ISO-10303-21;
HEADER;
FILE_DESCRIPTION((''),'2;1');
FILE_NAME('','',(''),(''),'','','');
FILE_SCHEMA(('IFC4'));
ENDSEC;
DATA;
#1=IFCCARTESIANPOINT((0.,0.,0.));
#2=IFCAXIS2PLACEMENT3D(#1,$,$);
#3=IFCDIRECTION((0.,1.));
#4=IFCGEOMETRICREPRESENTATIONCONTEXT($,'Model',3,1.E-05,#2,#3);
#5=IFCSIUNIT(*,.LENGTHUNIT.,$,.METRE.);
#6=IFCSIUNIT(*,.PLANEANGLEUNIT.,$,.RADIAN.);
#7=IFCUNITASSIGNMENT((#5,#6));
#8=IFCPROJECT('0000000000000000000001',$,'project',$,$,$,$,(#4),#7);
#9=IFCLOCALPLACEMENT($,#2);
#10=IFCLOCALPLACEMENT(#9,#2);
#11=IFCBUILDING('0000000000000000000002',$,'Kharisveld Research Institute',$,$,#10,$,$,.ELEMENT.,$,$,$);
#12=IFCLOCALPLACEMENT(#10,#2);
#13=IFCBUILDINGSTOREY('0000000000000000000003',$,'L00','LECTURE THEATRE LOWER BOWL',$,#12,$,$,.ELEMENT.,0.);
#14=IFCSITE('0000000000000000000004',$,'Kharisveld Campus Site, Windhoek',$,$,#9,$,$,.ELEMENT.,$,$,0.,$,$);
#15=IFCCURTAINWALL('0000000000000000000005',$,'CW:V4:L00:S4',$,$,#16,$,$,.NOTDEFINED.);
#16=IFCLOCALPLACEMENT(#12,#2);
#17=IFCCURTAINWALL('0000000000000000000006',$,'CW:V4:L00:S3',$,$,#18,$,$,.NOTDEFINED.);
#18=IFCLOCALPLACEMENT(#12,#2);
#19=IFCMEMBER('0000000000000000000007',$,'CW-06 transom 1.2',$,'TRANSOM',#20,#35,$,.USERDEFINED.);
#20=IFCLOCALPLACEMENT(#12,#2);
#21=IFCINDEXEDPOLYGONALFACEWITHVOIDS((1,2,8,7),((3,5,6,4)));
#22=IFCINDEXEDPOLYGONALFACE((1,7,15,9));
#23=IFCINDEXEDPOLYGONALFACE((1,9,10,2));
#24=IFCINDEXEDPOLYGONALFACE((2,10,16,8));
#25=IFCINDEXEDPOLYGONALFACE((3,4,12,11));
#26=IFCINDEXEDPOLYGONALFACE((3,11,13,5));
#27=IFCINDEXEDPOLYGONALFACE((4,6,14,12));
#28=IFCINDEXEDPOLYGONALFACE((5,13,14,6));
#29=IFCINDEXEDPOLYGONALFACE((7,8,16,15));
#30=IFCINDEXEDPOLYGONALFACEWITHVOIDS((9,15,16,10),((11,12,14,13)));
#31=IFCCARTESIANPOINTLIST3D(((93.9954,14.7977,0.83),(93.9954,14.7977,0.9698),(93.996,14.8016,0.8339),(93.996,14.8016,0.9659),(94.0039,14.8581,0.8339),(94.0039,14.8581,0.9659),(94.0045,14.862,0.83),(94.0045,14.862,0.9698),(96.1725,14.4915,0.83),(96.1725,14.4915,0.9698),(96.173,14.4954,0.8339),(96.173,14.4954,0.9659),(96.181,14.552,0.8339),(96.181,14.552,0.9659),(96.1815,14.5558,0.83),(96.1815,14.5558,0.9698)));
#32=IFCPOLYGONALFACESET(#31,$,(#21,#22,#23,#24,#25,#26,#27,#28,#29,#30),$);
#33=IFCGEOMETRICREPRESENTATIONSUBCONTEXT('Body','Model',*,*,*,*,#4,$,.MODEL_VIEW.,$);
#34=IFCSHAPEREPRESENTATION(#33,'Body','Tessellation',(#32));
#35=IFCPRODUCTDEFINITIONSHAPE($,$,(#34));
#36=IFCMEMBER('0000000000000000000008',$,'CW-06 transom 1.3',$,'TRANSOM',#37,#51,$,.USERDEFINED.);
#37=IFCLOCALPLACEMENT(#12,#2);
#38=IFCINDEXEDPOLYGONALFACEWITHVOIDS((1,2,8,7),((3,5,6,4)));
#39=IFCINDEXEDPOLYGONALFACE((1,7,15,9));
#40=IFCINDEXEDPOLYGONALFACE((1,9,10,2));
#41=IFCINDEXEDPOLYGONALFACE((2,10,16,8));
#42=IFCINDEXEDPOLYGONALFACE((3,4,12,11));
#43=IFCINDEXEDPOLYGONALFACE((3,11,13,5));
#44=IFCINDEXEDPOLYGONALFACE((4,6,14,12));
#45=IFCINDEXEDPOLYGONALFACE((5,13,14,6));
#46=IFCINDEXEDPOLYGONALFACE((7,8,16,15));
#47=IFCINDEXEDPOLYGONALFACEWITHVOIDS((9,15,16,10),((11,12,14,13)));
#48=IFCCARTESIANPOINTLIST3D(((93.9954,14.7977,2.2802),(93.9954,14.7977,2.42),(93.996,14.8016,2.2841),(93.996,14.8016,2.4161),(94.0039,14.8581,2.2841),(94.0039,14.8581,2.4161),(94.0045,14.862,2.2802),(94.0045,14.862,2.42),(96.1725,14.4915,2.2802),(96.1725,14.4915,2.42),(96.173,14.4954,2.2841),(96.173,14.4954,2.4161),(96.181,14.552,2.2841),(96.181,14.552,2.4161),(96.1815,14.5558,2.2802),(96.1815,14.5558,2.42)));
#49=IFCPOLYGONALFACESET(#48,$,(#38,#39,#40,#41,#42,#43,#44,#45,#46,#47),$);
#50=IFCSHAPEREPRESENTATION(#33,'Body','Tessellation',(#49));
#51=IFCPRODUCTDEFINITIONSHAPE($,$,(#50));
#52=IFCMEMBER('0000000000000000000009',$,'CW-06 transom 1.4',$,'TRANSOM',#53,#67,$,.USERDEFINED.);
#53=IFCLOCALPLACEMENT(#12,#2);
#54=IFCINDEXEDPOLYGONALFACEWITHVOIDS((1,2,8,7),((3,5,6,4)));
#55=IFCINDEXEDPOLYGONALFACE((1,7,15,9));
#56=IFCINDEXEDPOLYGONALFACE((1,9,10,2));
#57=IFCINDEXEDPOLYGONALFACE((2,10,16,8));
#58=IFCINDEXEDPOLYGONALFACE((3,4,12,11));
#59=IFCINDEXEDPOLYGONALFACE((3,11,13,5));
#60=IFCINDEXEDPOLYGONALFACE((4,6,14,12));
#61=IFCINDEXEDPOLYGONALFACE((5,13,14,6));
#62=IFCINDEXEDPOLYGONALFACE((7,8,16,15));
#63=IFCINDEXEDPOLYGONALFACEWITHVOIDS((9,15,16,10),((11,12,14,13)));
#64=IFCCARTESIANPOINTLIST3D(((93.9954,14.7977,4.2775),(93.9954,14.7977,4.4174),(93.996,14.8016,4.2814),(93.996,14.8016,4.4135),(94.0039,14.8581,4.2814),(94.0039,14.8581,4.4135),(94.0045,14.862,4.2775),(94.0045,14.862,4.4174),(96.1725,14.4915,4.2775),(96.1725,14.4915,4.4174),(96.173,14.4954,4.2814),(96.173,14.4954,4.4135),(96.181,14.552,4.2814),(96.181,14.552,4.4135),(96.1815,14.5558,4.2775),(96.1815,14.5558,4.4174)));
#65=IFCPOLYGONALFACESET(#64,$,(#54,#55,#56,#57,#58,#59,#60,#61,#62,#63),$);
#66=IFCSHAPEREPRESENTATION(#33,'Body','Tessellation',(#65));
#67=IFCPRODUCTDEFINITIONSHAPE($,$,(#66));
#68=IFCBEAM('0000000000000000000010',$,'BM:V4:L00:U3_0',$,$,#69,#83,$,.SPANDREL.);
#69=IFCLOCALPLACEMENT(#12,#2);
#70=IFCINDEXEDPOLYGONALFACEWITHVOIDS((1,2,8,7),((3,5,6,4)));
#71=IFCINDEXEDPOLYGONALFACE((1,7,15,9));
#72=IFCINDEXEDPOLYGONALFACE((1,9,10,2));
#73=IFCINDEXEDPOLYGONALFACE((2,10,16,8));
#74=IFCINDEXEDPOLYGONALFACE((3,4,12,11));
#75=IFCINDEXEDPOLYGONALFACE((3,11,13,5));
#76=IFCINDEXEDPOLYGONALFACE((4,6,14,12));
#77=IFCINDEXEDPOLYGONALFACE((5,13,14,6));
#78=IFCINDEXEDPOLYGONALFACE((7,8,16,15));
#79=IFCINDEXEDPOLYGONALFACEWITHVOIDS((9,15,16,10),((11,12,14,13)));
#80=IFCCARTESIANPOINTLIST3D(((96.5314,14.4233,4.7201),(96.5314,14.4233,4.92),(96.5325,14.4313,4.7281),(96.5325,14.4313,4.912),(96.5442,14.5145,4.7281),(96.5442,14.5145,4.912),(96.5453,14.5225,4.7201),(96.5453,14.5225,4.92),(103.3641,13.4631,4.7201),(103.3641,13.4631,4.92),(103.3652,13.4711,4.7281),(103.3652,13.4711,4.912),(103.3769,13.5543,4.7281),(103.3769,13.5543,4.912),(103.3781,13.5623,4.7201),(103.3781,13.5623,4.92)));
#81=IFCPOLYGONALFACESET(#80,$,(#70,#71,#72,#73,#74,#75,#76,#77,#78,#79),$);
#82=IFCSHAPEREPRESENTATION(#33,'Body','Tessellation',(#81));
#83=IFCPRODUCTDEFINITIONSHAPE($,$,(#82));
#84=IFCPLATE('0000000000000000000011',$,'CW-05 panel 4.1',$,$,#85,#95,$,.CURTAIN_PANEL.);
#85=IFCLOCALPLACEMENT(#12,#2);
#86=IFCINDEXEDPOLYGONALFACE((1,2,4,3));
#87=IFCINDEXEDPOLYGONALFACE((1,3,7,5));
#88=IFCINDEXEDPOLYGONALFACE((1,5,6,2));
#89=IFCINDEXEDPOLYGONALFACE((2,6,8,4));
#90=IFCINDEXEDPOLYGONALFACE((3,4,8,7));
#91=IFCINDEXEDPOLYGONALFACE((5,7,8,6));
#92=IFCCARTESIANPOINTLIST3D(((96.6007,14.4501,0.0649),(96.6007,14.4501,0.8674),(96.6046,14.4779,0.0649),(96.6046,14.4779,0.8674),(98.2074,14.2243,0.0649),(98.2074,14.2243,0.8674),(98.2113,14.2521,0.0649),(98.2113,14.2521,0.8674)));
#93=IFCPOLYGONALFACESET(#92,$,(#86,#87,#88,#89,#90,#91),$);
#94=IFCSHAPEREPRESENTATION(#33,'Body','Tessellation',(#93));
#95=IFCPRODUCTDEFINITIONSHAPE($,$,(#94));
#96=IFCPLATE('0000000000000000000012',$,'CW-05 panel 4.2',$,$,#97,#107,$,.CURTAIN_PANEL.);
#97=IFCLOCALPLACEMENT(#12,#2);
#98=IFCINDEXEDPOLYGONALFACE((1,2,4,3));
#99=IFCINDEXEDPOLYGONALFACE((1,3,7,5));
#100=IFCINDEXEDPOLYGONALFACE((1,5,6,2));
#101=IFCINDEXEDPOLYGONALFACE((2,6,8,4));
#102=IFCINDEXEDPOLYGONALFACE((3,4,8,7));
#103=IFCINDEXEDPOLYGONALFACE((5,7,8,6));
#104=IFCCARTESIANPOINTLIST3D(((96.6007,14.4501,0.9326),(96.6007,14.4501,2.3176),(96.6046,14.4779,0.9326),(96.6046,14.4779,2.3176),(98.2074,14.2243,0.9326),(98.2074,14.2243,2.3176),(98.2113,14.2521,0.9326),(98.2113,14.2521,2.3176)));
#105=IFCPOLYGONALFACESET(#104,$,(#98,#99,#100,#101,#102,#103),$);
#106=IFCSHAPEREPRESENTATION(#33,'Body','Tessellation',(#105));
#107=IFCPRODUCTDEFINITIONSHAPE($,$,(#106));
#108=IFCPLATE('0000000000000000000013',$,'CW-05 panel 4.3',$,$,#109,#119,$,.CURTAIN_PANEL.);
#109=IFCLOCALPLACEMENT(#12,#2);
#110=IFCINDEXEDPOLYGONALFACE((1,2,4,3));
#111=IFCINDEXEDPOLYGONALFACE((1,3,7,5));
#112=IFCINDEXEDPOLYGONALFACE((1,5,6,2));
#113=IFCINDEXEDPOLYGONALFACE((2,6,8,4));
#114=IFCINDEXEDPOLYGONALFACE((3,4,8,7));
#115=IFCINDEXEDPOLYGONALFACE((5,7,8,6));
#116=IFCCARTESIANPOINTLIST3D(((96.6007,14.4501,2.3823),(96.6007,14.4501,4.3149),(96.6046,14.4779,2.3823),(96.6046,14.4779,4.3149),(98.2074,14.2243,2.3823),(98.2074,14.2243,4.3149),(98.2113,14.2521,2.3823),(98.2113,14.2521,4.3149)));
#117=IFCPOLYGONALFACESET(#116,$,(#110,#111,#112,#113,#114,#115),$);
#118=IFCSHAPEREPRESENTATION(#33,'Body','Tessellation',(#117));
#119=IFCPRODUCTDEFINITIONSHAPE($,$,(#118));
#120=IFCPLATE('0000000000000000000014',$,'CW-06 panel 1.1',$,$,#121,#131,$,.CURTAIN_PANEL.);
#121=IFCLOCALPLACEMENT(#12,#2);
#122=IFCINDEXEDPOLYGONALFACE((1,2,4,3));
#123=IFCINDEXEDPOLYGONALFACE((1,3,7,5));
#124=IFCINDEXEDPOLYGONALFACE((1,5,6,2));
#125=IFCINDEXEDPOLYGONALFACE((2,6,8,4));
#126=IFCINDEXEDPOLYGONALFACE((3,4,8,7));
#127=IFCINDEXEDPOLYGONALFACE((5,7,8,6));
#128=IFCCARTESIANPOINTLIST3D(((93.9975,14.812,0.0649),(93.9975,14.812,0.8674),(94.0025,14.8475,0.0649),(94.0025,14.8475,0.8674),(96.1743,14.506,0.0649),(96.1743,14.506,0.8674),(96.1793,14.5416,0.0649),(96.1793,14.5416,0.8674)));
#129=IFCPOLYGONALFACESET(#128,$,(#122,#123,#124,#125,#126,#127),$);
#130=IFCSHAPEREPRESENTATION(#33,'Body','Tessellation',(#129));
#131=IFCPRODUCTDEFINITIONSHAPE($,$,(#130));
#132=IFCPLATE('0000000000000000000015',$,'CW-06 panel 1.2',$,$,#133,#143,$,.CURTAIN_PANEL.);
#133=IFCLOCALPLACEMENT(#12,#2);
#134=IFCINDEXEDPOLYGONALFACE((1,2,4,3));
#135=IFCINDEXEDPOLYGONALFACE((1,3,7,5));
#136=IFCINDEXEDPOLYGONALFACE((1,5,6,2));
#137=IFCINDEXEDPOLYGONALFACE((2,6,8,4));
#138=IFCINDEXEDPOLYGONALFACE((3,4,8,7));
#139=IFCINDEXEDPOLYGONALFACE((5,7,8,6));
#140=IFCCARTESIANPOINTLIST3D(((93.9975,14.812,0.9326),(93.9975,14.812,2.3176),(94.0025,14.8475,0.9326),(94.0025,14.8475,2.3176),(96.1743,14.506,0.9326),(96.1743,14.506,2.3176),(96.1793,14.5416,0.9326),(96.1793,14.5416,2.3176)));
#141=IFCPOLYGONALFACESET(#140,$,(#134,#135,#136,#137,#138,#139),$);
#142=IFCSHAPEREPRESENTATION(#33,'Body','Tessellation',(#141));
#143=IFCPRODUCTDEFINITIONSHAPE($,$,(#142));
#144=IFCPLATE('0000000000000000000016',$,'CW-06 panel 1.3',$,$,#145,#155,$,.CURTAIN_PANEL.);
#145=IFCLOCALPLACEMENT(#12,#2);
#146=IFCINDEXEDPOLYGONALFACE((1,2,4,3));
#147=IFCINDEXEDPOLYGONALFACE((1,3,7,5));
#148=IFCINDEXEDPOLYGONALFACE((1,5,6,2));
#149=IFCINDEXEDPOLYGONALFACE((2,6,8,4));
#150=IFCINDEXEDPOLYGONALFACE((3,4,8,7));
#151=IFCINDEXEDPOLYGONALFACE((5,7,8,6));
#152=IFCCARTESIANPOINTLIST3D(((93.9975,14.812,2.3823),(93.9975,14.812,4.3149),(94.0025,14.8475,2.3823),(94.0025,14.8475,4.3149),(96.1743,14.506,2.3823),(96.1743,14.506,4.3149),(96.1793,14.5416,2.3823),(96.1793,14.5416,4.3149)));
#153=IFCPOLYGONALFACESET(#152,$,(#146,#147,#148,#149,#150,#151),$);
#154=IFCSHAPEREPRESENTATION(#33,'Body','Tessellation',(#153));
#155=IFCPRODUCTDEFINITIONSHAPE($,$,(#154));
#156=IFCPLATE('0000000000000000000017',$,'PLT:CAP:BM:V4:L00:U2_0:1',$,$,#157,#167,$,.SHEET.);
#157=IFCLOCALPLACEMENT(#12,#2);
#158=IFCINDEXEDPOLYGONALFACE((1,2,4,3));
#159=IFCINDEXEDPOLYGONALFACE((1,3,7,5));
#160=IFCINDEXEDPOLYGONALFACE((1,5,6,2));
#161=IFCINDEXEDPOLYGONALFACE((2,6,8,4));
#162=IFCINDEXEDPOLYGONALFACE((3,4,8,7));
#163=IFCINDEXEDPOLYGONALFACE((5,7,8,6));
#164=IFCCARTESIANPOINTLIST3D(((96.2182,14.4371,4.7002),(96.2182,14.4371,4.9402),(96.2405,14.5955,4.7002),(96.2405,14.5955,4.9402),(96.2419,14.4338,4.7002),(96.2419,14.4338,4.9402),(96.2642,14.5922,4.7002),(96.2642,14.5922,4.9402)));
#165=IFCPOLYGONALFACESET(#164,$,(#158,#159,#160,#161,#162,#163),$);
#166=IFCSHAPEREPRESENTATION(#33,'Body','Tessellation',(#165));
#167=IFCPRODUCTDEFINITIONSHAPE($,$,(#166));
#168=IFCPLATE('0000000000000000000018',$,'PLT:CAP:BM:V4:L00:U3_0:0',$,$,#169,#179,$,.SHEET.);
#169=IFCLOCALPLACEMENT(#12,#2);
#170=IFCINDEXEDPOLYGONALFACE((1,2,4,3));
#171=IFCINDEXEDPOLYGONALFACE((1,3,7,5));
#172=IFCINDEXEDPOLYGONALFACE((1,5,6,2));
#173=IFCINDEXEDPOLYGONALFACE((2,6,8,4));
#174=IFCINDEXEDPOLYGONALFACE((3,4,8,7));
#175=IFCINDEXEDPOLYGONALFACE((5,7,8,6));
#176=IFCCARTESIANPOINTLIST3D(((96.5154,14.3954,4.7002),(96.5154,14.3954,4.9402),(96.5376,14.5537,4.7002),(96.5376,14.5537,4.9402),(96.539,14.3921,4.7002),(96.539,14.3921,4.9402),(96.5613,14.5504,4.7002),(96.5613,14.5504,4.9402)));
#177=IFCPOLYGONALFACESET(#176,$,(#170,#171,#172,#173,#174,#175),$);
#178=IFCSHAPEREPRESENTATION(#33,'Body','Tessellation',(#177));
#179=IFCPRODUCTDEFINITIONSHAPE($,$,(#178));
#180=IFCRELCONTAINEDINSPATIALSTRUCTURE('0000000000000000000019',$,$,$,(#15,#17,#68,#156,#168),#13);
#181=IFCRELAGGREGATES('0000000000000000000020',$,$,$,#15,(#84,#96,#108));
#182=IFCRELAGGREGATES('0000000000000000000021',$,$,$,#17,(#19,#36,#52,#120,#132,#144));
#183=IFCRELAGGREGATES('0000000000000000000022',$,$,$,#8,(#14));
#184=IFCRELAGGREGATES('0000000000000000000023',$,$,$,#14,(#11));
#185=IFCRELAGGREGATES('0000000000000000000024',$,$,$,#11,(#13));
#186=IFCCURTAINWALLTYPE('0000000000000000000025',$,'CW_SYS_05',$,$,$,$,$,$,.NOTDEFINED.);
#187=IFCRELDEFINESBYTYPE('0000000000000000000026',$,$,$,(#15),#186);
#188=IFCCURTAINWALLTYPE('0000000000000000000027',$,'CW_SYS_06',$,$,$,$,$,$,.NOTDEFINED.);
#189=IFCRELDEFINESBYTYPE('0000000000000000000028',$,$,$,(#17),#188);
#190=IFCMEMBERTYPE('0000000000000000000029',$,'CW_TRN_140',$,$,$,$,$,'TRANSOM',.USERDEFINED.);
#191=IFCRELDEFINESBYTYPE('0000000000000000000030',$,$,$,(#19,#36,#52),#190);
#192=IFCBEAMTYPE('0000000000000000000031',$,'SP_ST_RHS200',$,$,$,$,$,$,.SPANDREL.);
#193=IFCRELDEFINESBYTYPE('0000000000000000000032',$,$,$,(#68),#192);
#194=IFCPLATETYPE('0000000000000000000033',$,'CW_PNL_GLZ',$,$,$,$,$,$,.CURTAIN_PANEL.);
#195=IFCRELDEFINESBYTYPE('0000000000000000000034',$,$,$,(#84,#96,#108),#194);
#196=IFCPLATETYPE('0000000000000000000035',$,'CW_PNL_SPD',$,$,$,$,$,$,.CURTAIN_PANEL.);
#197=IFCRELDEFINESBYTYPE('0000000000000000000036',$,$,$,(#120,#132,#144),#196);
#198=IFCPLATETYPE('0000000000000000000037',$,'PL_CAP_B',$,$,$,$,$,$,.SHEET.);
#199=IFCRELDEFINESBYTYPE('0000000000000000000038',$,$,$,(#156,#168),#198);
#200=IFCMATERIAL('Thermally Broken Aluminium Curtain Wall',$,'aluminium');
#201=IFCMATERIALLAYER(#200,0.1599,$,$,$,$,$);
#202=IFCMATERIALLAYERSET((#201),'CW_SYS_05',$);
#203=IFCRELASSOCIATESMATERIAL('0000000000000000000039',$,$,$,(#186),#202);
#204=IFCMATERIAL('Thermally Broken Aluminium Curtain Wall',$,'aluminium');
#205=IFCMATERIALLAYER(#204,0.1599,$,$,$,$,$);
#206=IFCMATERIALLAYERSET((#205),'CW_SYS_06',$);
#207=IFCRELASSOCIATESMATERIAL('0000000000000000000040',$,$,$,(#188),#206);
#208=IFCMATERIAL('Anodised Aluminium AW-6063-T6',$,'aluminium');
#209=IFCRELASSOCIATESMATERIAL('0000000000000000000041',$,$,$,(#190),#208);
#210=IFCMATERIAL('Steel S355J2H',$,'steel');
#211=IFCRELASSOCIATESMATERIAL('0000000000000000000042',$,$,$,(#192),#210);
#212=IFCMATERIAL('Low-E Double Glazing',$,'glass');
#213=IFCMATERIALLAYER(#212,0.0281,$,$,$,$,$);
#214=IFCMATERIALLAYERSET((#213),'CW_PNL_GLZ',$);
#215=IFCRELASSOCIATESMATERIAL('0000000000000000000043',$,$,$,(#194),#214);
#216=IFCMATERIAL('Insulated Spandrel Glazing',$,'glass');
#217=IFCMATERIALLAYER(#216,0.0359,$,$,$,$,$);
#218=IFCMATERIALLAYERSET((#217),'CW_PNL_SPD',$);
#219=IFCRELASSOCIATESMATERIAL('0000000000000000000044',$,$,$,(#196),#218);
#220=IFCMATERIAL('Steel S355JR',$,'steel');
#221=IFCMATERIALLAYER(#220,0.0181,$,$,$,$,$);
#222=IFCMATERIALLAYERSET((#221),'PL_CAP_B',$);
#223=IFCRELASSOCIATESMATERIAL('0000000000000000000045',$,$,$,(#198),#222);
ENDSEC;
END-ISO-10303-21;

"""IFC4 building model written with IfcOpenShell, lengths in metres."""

from ifc_helpers import new_model, si_unit, direction, frame, origin, origin_2d, place, context, subcontext, project, spatial, rectangle, hollow_rectangle, extrude, material, layer, layer_set, material_profile, profile_set, type_object, element, aggregate, save


model = new_model("IFC4")

# Units and contexts
model_context = context("Model", 3, precision=1e-05, world=origin(), true_north=direction((0.0, 1.0)))
body_context = subcontext(model_context, "Body", "Model", "MODEL_VIEW")
ifc_project = project(units=[si_unit("LENGTHUNIT", "METRE"), si_unit("PLANEANGLEUNIT", "RADIAN")], contexts=[model_context])

# Site, building, storey
site_placement = place(None, origin())
site = spatial("IfcSite", under=ifc_project, at=site_placement, Name="Kharisveld Campus Site, Windhoek", CompositionType="ELEMENT", RefElevation=0.0)
building_placement = place(site_placement, origin())
building = spatial("IfcBuilding", under=site, at=building_placement, Name="Kharisveld Research Institute", CompositionType="ELEMENT")
storey_placement = place(building_placement, origin())
storey = spatial("IfcBuildingStorey", under=building, at=storey_placement, Name="L00", Description="LECTURE THEATRE LOWER BOWL", CompositionType="ELEMENT", Elevation=0.0)

# Curtain wall
ifc_material_1 = material(Name="Thermally Broken Aluminium Curtain Wall", Category="aluminium")
ifc_layer_1 = layer(ifc_material_1, 0.1599)
ifc_layer_set_1 = layer_set([ifc_layer_1], Name="CW_SYS_05")
curtain_wall_type_1 = type_object("IfcCurtainWallType", Name="CW_SYS_05", PredefinedType="NOTDEFINED", material=ifc_layer_set_1)
curtain_wall_1_placement = place(storey_placement, origin())
curtain_wall_1 = element("IfcCurtainWall", 1, at=curtain_wall_1_placement, inside=storey, type_object=curtain_wall_type_1, Name="CW:V4:L00:S4", PredefinedType="NOTDEFINED")

# Curtain wall
ifc_material_2 = material(Name="Thermally Broken Aluminium Curtain Wall", Category="aluminium")
ifc_layer_2 = layer(ifc_material_2, 0.1599)
ifc_layer_set_2 = layer_set([ifc_layer_2], Name="CW_SYS_06")
curtain_wall_type_2 = type_object("IfcCurtainWallType", Name="CW_SYS_06", PredefinedType="NOTDEFINED", material=ifc_layer_set_2)
curtain_wall_2_placement = place(storey_placement, origin())
curtain_wall_2 = element("IfcCurtainWall", 2, at=curtain_wall_2_placement, inside=storey, type_object=curtain_wall_type_2, Name="CW:V4:L00:S3", PredefinedType="NOTDEFINED")

# Members
ifc_material_3 = material(Name="Anodised Aluminium AW-6063-T6", Category="aluminium")
ifc_material_profile_1 = material_profile(ifc_material_3, hollow_rectangle(XDim=0.0649, YDim=0.1399, WallThickness=0.0039, at=origin_2d()))
ifc_profile_set_1 = profile_set([ifc_material_profile_1], Name="Anodised Aluminium AW-6063-T6")
member_type_1 = type_object("IfcMemberType", Name="CW_TRN_140", ElementType="TRANSOM", PredefinedType="USERDEFINED", material=ifc_profile_set_1)
member_1_placement = place(storey_placement, frame((96.177, 14.5237, 0.8999), z_axis=(-0.990256, 0.13926, 0.0), x_axis=(-0.13926, -0.990256, 0.0)))
member_1 = element("IfcMember", 3, at=member_1_placement, type_object=member_type_1, Name="CW-06 transom 1.2", ObjectType="TRANSOM", PredefinedType="USERDEFINED", context=body_context, shape_type="SweptSolid", body=[
    extrude(hollow_rectangle(XDim=0.0649, YDim=0.1399, WallThickness=0.0039, at=origin_2d()), origin(), (0.0, 0.0, 1.0), 2.1985),
])
member_2_placement = place(storey_placement, frame((96.177, 14.5237, 2.3501), z_axis=(-0.990256, 0.13926, 0.0), x_axis=(-0.13926, -0.990256, 0.0)))
member_2 = element("IfcMember", 4, at=member_2_placement, type_object=member_type_1, Name="CW-06 transom 1.3", ObjectType="TRANSOM", PredefinedType="USERDEFINED", context=body_context, shape_type="SweptSolid", body=[
    extrude(hollow_rectangle(XDim=0.0649, YDim=0.1399, WallThickness=0.0039, at=origin_2d()), origin(), (0.0, 0.0, 1.0), 2.1985),
])
member_3_placement = place(storey_placement, frame((96.177, 14.5237, 4.3474), z_axis=(-0.990256, 0.13926, 0.0), x_axis=(-0.13926, -0.990256, 0.0)))
member_3 = element("IfcMember", 5, at=member_3_placement, type_object=member_type_1, Name="CW-06 transom 1.4", ObjectType="TRANSOM", PredefinedType="USERDEFINED", context=body_context, shape_type="SweptSolid", body=[
    extrude(hollow_rectangle(XDim=0.0649, YDim=0.1399, WallThickness=0.0039, at=origin_2d()), origin(), (0.0, 0.0, 1.0), 2.1985),
])

# Beam
ifc_material_4 = material(Name="Steel S355J2H", Category="steel")
ifc_material_profile_2 = material_profile(ifc_material_4, hollow_rectangle(XDim=0.1001, YDim=0.2, WallThickness=0.0081, at=origin_2d()))
ifc_profile_set_2 = profile_set([ifc_material_profile_2], Name="Steel S355J2H")
beam_type_1 = type_object("IfcBeamType", Name="SP_ST_RHS200", PredefinedType="SPANDREL", material=ifc_profile_set_2)
beam_1_placement = place(storey_placement, frame((96.5383, 14.4729, 4.8201), z_axis=(0.99027, -0.139162, 0.0), x_axis=(0.139162, 0.99027, 0.0)))
element("IfcBeam", 6, at=beam_1_placement, inside=storey, type_object=beam_type_1, Name="BM:V4:L00:U3_0", PredefinedType="SPANDREL", context=body_context, shape_type="SweptSolid", body=[
    extrude(hollow_rectangle(XDim=0.1001, YDim=0.2, WallThickness=0.0081, at=origin_2d()), origin(), (0.0, 0.0, 1.0), 6.8999),
])

# Plates
ifc_material_5 = material(Name="Low-E Double Glazing", Category="glass")
ifc_layer_3 = layer(ifc_material_5, 0.0281)
ifc_layer_set_3 = layer_set([ifc_layer_3], Name="CW_PNL_GLZ")
plate_type_1 = type_object("IfcPlateType", Name="CW_PNL_GLZ", PredefinedType="CURTAIN_PANEL", material=ifc_layer_set_3)
plate_1_placement = place(storey_placement, frame((97.406, 14.3511, 0.0649), z_axis=(0.0, 0.0, 1.0), x_axis=(-0.990268, 0.139173, 0.0)))
plate_1 = element("IfcPlate", 7, at=plate_1_placement, type_object=plate_type_1, Name="CW-05 panel 4.1", PredefinedType="CURTAIN_PANEL", context=body_context, shape_type="SweptSolid", body=[
    extrude(rectangle(XDim=1.6226, YDim=0.0281, at=origin_2d()), origin(), (0.0, 0.0, 1.0), 0.8025),
])
plate_2_placement = place(storey_placement, frame((97.406, 14.3511, 0.9326), z_axis=(0.0, 0.0, 1.0), x_axis=(-0.990268, 0.139173, 0.0)))
plate_2 = element("IfcPlate", 8, at=plate_2_placement, type_object=plate_type_1, Name="CW-05 panel 4.2", PredefinedType="CURTAIN_PANEL", context=body_context, shape_type="SweptSolid", body=[
    extrude(rectangle(XDim=1.6226, YDim=0.0281, at=origin_2d()), origin(), (0.0, 0.0, 1.0), 1.385),
])
plate_3_placement = place(storey_placement, frame((97.406, 14.3511, 2.3823), z_axis=(0.0, 0.0, 1.0), x_axis=(-0.990268, 0.139173, 0.0)))
plate_3 = element("IfcPlate", 9, at=plate_3_placement, type_object=plate_type_1, Name="CW-05 panel 4.3", PredefinedType="CURTAIN_PANEL", context=body_context, shape_type="SweptSolid", body=[
    extrude(rectangle(XDim=1.6226, YDim=0.0281, at=origin_2d()), origin(), (0.0, 0.0, 1.0), 1.9326),
])
aggregate(curtain_wall_1, [plate_1, plate_2, plate_3])
ifc_material_6 = material(Name="Insulated Spandrel Glazing", Category="glass")
ifc_layer_4 = layer(ifc_material_6, 0.0359)
ifc_layer_set_4 = layer_set([ifc_layer_4], Name="CW_PNL_SPD")
plate_type_2 = type_object("IfcPlateType", Name="CW_PNL_SPD", PredefinedType="CURTAIN_PANEL", material=ifc_layer_set_4)
plate_4_placement = place(storey_placement, frame((95.0884, 14.6768, 0.0649), z_axis=(0.0, 0.0, 1.0), x_axis=(-0.990268, 0.139173, 0.0)))
plate_4 = element("IfcPlate", 10, at=plate_4_placement, type_object=plate_type_2, Name="CW-06 panel 1.1", PredefinedType="CURTAIN_PANEL", context=body_context, shape_type="SweptSolid", body=[
    extrude(rectangle(XDim=2.1982, YDim=0.0359, at=origin_2d()), origin(), (0.0, 0.0, 1.0), 0.8025),
])
plate_5_placement = place(storey_placement, frame((95.0884, 14.6768, 0.9326), z_axis=(0.0, 0.0, 1.0), x_axis=(-0.990268, 0.139173, 0.0)))
plate_5 = element("IfcPlate", 11, at=plate_5_placement, type_object=plate_type_2, Name="CW-06 panel 1.2", PredefinedType="CURTAIN_PANEL", context=body_context, shape_type="SweptSolid", body=[
    extrude(rectangle(XDim=2.1982, YDim=0.0359, at=origin_2d()), origin(), (0.0, 0.0, 1.0), 1.385),
])
plate_6_placement = place(storey_placement, frame((95.0884, 14.6768, 2.3823), z_axis=(0.0, 0.0, 1.0), x_axis=(-0.990268, 0.139173, 0.0)))
plate_6 = element("IfcPlate", 12, at=plate_6_placement, type_object=plate_type_2, Name="CW-06 panel 1.3", PredefinedType="CURTAIN_PANEL", context=body_context, shape_type="SweptSolid", body=[
    extrude(rectangle(XDim=2.1982, YDim=0.0359, at=origin_2d()), origin(), (0.0, 0.0, 1.0), 1.9326),
])
aggregate(curtain_wall_2, [member_1, member_2, member_3, plate_4, plate_5, plate_6])

# Plates
ifc_material_7 = material(Name="Steel S355JR", Category="steel")
ifc_layer_5 = layer(ifc_material_7, 0.0181)
ifc_layer_set_5 = layer_set([ifc_layer_5], Name="PL_CAP_B")
plate_type_3 = type_object("IfcPlateType", Name="PL_CAP_B", PredefinedType="SHEET", material=ifc_layer_set_5)
for number, where, z_axis, x_axis, name in (
    (13, (96.2412, 14.5146, 4.7002), (0.0, 0.0, 1.0), (0.990268, -0.139173, 0.0), "PLT:CAP:BM:V4:L00:U2_0:1"),
    (14, (96.5383, 14.4729, 4.7002), (0.0, 0.0, 1.0), (0.990268, -0.139173, 0.0), "PLT:CAP:BM:V4:L00:U3_0:0"),
):
    element("IfcPlate", number, at=place(storey_placement, frame(where, z_axis=z_axis, x_axis=x_axis)), inside=storey, type_object=plate_type_3, Name=name, PredefinedType="SHEET", context=body_context, shape_type="SweptSolid", body=[
        extrude(rectangle(XDim=0.0239, YDim=0.1599, at=origin_2d()), origin(), (0.0, 0.0, 1.0), 0.24),
    ])

save(model, "model.ifc")
